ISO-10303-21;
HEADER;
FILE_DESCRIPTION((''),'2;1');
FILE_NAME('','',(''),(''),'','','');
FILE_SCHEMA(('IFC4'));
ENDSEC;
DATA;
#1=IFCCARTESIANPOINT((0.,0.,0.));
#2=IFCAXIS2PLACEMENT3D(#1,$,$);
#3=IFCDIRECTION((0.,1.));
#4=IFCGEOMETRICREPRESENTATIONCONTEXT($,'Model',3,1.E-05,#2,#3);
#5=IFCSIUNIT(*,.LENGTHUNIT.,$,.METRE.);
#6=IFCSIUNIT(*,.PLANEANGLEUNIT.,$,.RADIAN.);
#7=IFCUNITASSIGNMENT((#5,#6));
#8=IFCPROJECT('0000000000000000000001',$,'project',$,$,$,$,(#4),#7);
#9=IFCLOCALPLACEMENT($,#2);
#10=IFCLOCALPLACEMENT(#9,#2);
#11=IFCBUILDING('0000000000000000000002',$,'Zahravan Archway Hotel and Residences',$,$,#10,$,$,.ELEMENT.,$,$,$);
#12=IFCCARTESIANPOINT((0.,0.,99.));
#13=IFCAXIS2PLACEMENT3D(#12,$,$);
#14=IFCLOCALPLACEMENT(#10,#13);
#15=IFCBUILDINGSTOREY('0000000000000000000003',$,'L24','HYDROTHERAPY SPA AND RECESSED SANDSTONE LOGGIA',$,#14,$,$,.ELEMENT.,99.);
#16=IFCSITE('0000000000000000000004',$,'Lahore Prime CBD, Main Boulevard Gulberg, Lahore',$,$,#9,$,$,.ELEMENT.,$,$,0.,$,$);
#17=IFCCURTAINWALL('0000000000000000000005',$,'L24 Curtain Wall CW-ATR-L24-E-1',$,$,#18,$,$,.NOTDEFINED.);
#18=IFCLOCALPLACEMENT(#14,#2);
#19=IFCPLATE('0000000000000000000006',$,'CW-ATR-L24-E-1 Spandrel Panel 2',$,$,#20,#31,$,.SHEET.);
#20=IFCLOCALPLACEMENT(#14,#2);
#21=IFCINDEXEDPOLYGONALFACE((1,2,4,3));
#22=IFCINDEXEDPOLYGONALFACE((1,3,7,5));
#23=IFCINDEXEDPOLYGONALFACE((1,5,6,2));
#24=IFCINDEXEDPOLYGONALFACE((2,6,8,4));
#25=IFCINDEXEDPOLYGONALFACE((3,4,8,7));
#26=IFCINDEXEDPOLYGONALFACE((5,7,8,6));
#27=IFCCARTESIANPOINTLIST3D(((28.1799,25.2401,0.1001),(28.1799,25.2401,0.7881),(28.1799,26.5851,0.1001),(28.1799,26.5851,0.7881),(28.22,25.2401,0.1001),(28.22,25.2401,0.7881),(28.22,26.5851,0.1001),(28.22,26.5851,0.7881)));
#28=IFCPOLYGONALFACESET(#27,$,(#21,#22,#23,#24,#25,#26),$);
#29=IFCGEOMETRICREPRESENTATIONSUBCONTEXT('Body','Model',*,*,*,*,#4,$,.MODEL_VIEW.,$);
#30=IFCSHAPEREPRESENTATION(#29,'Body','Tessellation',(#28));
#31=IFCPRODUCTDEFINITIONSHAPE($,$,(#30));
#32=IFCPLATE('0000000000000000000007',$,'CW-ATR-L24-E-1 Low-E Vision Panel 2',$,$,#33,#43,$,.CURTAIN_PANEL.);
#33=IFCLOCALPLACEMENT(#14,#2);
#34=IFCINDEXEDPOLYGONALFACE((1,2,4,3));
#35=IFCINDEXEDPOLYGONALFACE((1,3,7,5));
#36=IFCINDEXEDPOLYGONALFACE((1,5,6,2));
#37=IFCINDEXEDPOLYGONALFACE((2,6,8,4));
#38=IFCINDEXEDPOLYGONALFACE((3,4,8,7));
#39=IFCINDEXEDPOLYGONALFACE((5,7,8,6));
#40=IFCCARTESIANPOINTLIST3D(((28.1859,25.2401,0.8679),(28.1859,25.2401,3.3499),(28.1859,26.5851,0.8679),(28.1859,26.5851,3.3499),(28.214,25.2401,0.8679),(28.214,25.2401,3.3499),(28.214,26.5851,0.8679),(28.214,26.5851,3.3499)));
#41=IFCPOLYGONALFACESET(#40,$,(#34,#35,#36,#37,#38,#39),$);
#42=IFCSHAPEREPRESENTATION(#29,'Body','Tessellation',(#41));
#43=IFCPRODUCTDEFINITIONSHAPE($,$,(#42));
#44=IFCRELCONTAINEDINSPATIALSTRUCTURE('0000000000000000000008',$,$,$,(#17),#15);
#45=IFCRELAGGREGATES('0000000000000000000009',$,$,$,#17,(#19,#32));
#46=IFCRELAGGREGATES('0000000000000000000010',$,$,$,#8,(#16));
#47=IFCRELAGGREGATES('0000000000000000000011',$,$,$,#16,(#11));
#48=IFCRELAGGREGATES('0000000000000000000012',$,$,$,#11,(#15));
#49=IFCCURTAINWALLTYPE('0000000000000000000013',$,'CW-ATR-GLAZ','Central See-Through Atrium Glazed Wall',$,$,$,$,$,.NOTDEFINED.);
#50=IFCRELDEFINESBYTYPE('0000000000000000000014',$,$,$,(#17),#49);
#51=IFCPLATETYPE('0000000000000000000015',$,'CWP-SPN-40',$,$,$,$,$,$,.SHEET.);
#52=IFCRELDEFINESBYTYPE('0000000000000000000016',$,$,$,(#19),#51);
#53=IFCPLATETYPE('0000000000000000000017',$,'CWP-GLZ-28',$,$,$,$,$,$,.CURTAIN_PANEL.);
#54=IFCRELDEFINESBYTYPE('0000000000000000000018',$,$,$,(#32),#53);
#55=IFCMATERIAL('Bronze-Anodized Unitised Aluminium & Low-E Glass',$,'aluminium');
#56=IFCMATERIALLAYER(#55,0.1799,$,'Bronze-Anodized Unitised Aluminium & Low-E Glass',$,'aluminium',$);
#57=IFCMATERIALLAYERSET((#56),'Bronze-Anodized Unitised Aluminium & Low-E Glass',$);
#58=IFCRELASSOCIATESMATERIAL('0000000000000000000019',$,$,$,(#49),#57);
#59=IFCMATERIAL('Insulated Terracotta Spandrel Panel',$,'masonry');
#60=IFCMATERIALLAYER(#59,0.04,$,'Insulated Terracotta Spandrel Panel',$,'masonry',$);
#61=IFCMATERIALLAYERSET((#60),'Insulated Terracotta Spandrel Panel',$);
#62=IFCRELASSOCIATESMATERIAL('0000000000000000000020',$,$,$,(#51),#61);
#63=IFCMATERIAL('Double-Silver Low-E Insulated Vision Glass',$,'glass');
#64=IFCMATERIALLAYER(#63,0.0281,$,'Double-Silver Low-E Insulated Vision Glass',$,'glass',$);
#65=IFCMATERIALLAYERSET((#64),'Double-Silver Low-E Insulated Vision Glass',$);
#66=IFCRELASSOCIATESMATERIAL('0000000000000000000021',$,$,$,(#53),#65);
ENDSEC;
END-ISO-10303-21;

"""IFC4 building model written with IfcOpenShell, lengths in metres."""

from ifc_helpers import new_model, si_unit, direction, frame, origin, origin_2d, place, context, subcontext, project, spatial, rectangle, extrude, source, transform, mapped, material, layer, layer_set, type_object, element, aggregate, save


model = new_model("IFC4")

# Units and contexts
model_context = context("Model", 3, precision=1e-05, world=origin(), true_north=direction((0.0, 1.0)))
body_context = subcontext(model_context, "Body", "Model", "MODEL_VIEW")
ifc_project = project(units=[si_unit("LENGTHUNIT", "METRE"), si_unit("PLANEANGLEUNIT", "RADIAN")], contexts=[model_context])

# Site, building, storey
site_placement = place(None, origin())
site = spatial("IfcSite", under=ifc_project, at=site_placement, Name="Lahore Prime CBD, Main Boulevard Gulberg, Lahore", CompositionType="ELEMENT", RefElevation=0.0)
building_placement = place(site_placement, origin())
building = spatial("IfcBuilding", under=site, at=building_placement, Name="Zahravan Archway Hotel and Residences", CompositionType="ELEMENT")
storey_placement = place(building_placement, frame((0.0, 0.0, 99.0)))
storey = spatial("IfcBuildingStorey", under=building, at=storey_placement, Name="L24", Description="HYDROTHERAPY SPA AND RECESSED SANDSTONE LOGGIA", CompositionType="ELEMENT", Elevation=99.0)

# Shared definitions
ifc_material_1 = material(Name="Bronze-Anodized Unitised Aluminium & Low-E Glass", Category="aluminium")

# Curtain wall
ifc_layer_1 = layer(ifc_material_1, 0.1799, Name="Bronze-Anodized Unitised Aluminium & Low-E Glass", Category="aluminium")
ifc_layer_set_1 = layer_set([ifc_layer_1], Name="Bronze-Anodized Unitised Aluminium & Low-E Glass")
curtain_wall_type_1 = type_object("IfcCurtainWallType", Name="CW-ATR-GLAZ", Description="Central See-Through Atrium Glazed Wall", PredefinedType="NOTDEFINED", material=ifc_layer_set_1)
curtain_wall_1_placement = place(storey_placement, origin())
curtain_wall_1 = element("IfcCurtainWall", 1, at=curtain_wall_1_placement, inside=storey, type_object=curtain_wall_type_1, Name="L24 Curtain Wall CW-ATR-L24-E-1", PredefinedType="NOTDEFINED")

# Plates
ifc_material_2 = material(Name="Insulated Terracotta Spandrel Panel", Category="masonry")
ifc_layer_2 = layer(ifc_material_2, 0.04, Name="Insulated Terracotta Spandrel Panel", Category="masonry")
ifc_layer_set_2 = layer_set([ifc_layer_2], Name="Insulated Terracotta Spandrel Panel")
plate_type_1 = type_object("IfcPlateType", Name="CWP-SPN-40", PredefinedType="SHEET", material=ifc_layer_set_2)
ifc_material_3 = material(Name="Double-Silver Low-E Insulated Vision Glass", Category="glass")
ifc_layer_3 = layer(ifc_material_3, 0.0281, Name="Double-Silver Low-E Insulated Vision Glass", Category="glass")
ifc_layer_set_3 = layer_set([ifc_layer_3], Name="Double-Silver Low-E Insulated Vision Glass")
plate_type_2 = type_object("IfcPlateType", Name="CWP-GLZ-28", PredefinedType="CURTAIN_PANEL", material=ifc_layer_set_3)
shared_shape_1 = source(origin(), body_context, "Body", "SweptSolid", [
    extrude(rectangle(XDim=1.345, YDim=0.04, at=origin_2d()), origin(), (0.0, 0.0, 1.0), 0.688),
])
plate_1_placement = place(storey_placement, frame((28.2, 25.9126, 0.1001), z_axis=(0.0, 0.0, 1.0), x_axis=(0.0, 1.0, 0.0)))
plate_1 = element("IfcPlate", 2, at=plate_1_placement, type_object=plate_type_1, Name="CW-ATR-L24-E-1 Spandrel Panel 2", PredefinedType="SHEET", context=body_context, shape_type="MappedRepresentation", body=[
    mapped(shared_shape_1, transform((0.0, 0.0, 0.0), scale=1.0)),
])
shared_shape_2 = source(origin(), body_context, "Body", "SweptSolid", [
    extrude(rectangle(XDim=1.345, YDim=0.0281, at=origin_2d()), origin(), (0.0, 0.0, 1.0), 2.4819),
])
plate_2_placement = place(storey_placement, frame((28.2, 25.9126, 0.8679), z_axis=(0.0, 0.0, 1.0), x_axis=(0.0, 1.0, 0.0)))
plate_2 = element("IfcPlate", 3, at=plate_2_placement, type_object=plate_type_2, Name="CW-ATR-L24-E-1 Low-E Vision Panel 2", PredefinedType="CURTAIN_PANEL", context=body_context, shape_type="MappedRepresentation", body=[
    mapped(shared_shape_2, transform((0.0, 0.0, 0.0), scale=1.0)),
])
aggregate(curtain_wall_1, [plate_1, plate_2])

save(model, "model.ifc")
